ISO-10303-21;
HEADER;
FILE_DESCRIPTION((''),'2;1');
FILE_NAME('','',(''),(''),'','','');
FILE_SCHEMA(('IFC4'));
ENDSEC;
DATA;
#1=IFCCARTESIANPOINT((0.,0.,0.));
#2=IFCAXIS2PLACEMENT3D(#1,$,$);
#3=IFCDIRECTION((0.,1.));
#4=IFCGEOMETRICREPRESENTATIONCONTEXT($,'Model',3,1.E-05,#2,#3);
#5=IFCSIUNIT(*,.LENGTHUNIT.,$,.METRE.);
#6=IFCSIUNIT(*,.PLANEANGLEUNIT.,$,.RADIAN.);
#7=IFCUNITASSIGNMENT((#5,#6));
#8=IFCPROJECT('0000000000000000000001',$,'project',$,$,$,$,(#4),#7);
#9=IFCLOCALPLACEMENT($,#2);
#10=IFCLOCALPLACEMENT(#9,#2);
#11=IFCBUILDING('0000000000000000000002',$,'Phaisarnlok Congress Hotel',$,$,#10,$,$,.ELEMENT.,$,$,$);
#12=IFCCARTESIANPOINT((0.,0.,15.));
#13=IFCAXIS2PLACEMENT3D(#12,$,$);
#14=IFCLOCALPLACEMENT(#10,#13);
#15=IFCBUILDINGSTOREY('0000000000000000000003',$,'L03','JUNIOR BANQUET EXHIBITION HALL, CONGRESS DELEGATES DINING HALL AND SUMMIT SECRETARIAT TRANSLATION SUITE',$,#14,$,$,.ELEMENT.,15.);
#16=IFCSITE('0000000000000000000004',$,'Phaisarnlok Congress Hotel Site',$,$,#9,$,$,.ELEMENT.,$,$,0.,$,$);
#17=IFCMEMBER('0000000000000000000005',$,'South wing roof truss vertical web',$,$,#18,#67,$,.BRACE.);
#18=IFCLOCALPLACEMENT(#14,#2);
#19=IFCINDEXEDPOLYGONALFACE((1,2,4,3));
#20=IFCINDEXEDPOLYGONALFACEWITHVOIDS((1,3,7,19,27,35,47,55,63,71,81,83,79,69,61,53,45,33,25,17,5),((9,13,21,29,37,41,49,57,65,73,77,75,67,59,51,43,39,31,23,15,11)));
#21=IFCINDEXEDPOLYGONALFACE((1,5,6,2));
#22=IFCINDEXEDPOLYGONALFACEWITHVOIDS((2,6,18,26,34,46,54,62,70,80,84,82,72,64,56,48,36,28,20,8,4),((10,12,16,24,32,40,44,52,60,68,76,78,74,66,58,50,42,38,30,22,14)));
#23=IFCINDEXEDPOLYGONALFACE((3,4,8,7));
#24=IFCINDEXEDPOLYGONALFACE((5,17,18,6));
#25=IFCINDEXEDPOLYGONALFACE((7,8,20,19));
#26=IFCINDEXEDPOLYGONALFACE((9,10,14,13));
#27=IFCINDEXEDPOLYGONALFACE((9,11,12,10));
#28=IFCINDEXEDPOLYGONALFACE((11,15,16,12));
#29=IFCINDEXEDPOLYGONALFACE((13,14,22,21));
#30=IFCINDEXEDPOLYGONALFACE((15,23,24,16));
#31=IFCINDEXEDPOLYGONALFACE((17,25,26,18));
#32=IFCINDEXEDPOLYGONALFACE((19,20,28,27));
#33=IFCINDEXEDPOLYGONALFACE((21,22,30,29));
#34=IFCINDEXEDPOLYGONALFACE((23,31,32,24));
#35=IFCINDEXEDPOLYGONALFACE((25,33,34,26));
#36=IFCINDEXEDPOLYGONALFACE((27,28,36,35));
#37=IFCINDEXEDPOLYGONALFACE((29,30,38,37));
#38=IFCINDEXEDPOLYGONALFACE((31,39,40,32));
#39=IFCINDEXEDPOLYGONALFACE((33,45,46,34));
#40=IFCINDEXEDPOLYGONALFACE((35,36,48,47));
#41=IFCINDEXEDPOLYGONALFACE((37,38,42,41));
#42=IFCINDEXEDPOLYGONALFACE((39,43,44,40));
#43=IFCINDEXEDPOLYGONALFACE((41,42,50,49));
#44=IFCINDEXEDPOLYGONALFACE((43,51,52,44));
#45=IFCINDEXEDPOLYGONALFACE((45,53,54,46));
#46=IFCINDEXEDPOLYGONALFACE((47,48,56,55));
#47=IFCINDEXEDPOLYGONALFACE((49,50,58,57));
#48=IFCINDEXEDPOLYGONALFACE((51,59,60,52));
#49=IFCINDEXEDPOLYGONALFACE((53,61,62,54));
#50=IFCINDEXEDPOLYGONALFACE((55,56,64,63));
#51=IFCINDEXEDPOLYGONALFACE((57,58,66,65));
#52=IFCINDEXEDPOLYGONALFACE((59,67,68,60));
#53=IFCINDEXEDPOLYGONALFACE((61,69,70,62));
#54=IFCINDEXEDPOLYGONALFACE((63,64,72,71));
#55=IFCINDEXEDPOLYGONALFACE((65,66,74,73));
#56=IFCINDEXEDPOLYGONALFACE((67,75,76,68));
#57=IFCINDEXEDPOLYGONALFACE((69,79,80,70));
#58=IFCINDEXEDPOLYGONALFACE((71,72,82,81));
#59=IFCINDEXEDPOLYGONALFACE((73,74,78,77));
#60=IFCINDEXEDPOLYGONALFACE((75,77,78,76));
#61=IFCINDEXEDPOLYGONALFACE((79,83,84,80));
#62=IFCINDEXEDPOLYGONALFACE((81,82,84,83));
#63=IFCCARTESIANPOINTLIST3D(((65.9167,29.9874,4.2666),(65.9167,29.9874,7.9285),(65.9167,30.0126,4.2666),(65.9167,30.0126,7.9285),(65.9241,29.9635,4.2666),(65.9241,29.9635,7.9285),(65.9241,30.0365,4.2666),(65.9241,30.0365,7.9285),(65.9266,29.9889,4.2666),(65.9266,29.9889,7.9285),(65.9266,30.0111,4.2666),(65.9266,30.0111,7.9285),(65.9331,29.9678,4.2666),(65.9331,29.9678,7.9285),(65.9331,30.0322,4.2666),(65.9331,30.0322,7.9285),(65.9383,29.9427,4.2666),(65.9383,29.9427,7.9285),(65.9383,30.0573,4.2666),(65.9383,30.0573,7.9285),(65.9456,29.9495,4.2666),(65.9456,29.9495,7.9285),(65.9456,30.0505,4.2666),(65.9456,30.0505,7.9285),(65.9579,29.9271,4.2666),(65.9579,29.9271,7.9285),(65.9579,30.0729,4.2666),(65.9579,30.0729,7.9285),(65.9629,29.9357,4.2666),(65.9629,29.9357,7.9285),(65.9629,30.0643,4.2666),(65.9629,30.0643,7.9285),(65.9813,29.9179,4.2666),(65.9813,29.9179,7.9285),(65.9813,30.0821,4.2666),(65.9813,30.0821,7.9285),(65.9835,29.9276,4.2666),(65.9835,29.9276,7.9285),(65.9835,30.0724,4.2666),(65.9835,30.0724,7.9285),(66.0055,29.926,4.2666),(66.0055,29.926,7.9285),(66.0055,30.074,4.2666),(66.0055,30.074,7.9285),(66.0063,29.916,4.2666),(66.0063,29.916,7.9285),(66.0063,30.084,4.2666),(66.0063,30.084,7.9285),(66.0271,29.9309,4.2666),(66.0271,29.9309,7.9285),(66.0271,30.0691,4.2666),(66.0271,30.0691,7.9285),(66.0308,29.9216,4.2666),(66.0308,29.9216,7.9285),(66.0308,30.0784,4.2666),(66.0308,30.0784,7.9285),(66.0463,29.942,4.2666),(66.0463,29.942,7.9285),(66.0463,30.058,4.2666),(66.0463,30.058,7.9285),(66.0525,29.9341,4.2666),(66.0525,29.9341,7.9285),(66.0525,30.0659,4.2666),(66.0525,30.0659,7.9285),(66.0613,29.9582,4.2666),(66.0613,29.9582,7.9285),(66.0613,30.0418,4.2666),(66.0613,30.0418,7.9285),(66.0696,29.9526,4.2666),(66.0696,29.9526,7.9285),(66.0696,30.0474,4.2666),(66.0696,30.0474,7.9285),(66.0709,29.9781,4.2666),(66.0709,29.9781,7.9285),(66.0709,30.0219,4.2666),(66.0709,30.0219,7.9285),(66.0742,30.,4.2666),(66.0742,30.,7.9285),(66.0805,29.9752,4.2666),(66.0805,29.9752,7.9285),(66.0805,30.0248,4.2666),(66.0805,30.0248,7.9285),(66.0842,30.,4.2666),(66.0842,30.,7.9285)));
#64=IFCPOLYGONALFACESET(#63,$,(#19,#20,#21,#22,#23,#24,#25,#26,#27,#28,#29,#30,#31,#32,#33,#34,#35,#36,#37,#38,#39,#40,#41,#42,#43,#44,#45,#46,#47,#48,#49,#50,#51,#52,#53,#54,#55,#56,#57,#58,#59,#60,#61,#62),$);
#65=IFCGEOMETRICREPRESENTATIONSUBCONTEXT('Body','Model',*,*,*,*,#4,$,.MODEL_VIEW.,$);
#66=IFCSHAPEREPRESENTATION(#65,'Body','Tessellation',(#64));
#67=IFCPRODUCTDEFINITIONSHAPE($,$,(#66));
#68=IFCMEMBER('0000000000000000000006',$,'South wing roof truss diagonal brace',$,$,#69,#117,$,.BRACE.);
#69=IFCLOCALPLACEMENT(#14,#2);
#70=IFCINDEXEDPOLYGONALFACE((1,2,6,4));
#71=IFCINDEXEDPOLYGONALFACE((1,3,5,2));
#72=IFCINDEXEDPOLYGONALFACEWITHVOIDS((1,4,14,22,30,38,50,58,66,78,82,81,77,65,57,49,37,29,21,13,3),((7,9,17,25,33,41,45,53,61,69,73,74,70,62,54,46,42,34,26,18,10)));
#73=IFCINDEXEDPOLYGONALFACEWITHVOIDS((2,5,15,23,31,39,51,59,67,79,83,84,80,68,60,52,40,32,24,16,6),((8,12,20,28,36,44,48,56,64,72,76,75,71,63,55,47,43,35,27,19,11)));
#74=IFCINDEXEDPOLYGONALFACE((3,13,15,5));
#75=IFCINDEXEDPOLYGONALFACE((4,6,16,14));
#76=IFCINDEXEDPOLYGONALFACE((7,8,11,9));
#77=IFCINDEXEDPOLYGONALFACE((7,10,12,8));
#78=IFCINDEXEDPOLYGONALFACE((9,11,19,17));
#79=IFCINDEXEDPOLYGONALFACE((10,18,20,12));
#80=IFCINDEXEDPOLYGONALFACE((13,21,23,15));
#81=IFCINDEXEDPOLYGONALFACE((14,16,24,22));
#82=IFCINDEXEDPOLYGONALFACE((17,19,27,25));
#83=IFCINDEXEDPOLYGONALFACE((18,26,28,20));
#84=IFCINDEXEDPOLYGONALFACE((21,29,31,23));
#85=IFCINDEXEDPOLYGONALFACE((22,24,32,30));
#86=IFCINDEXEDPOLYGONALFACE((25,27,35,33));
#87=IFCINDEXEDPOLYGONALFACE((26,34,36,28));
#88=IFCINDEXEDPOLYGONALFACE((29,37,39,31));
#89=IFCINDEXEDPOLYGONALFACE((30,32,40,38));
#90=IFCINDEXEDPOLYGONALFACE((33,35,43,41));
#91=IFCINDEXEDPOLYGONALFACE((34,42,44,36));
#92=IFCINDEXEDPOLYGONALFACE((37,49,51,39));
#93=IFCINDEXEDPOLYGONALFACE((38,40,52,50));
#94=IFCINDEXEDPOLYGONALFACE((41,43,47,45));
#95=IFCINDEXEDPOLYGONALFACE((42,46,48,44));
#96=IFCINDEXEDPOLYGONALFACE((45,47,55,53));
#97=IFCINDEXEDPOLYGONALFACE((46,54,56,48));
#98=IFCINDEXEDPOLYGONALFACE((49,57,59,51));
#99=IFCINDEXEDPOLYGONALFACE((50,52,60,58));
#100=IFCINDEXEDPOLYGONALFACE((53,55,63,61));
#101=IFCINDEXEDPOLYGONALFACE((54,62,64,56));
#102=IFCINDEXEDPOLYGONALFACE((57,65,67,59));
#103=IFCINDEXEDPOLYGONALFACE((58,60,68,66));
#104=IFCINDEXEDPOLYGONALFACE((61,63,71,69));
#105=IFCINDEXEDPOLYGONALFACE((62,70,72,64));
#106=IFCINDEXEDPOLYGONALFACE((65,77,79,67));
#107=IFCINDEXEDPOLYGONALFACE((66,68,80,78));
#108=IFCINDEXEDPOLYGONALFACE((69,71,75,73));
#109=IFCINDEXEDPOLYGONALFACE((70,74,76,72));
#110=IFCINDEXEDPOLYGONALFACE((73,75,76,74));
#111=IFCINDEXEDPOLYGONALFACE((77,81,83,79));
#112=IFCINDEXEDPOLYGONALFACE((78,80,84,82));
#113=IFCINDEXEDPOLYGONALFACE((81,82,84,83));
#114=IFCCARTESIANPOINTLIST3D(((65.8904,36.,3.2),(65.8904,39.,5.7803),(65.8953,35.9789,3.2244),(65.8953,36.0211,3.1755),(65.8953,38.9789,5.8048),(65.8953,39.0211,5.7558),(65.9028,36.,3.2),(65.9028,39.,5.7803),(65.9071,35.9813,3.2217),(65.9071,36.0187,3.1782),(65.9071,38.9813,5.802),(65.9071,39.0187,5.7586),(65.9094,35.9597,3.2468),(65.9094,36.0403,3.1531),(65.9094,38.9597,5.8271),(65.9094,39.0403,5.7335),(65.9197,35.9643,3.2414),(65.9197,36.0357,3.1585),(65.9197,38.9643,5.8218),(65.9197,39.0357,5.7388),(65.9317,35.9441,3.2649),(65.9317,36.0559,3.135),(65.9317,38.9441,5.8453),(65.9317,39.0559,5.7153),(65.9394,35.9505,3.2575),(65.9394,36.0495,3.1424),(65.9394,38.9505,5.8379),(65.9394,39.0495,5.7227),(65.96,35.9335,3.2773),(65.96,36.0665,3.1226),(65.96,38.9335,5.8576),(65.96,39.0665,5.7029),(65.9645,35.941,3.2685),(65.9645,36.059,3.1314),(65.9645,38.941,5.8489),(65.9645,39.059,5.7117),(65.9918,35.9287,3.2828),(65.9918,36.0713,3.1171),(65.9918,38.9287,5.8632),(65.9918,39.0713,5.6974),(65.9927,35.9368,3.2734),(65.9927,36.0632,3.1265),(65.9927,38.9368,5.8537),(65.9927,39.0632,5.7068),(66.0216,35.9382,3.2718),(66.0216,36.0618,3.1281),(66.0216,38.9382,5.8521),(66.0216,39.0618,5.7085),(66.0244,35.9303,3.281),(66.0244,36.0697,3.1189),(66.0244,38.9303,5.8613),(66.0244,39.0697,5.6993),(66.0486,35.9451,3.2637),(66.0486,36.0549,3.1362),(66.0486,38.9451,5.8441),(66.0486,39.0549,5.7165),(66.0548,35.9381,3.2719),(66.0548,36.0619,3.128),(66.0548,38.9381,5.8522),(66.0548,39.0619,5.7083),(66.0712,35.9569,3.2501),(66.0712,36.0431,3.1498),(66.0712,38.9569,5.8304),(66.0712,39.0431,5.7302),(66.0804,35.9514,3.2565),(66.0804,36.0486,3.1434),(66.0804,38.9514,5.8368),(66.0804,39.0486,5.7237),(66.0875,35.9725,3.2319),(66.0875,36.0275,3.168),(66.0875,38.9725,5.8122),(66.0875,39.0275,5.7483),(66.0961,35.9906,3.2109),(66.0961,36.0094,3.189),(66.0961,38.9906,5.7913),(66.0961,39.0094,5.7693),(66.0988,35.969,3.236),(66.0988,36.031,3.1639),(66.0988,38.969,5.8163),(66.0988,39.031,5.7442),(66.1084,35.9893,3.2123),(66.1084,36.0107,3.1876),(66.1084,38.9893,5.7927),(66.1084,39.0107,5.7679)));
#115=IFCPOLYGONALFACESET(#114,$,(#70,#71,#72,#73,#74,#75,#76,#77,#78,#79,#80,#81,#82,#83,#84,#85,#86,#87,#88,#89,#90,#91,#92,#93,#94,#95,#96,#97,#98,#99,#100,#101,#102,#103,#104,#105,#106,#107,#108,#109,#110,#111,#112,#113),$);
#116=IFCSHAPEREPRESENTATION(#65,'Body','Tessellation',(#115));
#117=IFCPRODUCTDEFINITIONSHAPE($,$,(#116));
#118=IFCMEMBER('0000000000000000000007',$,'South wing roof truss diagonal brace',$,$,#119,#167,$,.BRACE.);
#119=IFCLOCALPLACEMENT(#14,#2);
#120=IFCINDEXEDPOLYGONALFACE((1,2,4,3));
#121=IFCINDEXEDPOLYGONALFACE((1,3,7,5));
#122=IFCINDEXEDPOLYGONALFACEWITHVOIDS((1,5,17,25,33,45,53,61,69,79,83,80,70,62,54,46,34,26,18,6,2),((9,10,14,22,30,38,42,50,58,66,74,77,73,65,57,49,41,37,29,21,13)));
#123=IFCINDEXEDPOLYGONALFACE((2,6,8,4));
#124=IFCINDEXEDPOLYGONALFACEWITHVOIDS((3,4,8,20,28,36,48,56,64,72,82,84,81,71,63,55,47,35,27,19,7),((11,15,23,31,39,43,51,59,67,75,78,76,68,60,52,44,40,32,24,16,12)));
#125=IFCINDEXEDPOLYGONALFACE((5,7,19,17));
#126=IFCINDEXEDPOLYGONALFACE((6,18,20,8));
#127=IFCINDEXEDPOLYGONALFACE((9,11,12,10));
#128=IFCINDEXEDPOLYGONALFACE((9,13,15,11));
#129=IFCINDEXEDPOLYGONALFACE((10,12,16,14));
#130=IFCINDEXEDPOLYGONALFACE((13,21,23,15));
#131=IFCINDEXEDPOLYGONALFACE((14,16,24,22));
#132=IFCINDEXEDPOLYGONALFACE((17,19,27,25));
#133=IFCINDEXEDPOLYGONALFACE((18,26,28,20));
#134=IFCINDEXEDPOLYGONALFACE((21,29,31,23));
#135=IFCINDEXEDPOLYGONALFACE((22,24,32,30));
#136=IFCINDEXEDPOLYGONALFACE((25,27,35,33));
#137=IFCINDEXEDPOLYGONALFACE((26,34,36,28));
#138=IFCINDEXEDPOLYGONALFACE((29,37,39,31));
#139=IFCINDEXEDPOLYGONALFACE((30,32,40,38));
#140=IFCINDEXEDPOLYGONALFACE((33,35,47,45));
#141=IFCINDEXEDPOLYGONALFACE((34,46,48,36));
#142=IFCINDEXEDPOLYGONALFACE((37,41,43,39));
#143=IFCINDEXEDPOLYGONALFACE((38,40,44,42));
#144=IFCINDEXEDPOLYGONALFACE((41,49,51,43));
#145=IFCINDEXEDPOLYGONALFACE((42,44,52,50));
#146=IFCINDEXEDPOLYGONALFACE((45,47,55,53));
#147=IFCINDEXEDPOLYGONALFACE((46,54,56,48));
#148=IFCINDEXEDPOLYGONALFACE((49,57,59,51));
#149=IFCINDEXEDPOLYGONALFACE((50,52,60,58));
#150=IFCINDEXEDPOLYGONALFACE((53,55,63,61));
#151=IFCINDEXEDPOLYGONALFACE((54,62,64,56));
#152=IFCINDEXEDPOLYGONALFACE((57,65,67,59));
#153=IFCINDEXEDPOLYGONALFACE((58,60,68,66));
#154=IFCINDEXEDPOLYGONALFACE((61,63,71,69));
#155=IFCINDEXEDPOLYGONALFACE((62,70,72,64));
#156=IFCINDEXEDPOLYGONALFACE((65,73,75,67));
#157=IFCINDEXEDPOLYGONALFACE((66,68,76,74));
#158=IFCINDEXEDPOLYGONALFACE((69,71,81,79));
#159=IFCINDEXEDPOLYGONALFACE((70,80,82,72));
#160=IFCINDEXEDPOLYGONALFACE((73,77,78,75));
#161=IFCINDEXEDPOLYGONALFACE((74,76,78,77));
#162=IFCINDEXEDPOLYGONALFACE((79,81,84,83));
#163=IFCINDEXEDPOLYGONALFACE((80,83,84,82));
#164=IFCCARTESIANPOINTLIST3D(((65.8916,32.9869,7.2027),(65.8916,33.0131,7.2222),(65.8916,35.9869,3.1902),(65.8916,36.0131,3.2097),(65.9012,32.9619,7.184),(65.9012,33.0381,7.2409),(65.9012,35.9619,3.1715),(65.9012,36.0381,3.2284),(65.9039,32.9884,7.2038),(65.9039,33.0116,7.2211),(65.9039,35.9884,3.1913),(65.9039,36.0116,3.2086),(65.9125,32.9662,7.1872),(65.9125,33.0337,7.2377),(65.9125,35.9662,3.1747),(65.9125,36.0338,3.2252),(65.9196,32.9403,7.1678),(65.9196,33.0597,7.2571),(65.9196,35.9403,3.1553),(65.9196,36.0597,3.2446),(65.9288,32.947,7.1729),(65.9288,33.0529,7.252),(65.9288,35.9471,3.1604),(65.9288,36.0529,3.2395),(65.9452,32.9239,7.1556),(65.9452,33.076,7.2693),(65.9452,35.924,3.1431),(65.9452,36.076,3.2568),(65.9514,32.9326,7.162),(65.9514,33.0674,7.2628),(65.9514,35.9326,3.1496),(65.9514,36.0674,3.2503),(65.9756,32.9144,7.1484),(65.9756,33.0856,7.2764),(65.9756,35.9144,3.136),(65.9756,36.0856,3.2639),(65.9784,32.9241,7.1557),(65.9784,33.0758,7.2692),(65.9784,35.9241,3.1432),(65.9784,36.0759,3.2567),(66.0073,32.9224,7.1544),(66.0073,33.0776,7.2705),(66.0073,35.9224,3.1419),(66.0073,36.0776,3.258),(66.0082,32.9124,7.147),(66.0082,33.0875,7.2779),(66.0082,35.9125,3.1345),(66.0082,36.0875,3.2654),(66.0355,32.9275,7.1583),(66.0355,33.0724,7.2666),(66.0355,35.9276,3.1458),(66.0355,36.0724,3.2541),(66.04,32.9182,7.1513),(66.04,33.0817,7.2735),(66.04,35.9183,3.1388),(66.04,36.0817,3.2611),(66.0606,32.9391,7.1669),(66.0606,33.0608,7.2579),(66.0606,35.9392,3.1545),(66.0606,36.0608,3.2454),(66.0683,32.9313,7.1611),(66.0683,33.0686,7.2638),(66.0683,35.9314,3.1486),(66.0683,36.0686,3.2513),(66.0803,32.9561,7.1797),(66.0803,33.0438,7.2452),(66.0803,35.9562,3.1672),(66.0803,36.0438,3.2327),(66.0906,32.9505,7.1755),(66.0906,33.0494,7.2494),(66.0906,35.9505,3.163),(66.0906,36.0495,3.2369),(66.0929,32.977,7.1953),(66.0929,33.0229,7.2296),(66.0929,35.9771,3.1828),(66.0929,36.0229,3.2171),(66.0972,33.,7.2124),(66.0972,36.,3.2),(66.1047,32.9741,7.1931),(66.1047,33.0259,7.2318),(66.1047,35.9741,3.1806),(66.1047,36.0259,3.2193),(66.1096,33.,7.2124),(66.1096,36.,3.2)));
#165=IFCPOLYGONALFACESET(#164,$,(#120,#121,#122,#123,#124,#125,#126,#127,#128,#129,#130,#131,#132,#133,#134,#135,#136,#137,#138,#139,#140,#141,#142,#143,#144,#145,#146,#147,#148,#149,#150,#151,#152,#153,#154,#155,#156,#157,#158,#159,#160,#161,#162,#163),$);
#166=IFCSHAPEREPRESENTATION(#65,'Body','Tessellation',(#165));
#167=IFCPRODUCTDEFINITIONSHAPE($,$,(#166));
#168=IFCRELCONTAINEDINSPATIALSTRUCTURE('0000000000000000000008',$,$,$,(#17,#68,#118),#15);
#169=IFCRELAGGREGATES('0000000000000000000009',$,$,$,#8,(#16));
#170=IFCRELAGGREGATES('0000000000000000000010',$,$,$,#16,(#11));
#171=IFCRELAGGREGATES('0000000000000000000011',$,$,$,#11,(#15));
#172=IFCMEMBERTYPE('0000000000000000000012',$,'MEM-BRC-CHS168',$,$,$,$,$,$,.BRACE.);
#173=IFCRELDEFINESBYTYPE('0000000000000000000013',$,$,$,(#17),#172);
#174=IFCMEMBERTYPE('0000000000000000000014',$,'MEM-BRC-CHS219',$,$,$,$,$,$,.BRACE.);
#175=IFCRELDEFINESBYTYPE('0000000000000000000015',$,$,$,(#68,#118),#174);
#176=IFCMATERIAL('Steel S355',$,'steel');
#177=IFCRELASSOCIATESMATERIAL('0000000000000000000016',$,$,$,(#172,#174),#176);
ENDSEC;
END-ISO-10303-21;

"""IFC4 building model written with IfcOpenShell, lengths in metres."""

from ifc_helpers import new_model, si_unit, direction, frame, origin, origin_2d, place, context, subcontext, project, spatial, hollow_circle, extrude, material, material_profile, profile_set, type_object, element, save


model = new_model("IFC4")

# Units and contexts
model_context = context("Model", 3, precision=1e-05, world=origin(), true_north=direction((0.0, 1.0)))
body_context = subcontext(model_context, "Body", "Model", "MODEL_VIEW")
ifc_project = project(units=[si_unit("LENGTHUNIT", "METRE"), si_unit("PLANEANGLEUNIT", "RADIAN")], contexts=[model_context])

# Site, building, storey
site_placement = place(None, origin())
site = spatial("IfcSite", under=ifc_project, at=site_placement, Name="Phaisarnlok Congress Hotel Site", CompositionType="ELEMENT", RefElevation=0.0)
building_placement = place(site_placement, origin())
building = spatial("IfcBuilding", under=site, at=building_placement, Name="Phaisarnlok Congress Hotel", CompositionType="ELEMENT")
storey_placement = place(building_placement, frame((0.0, 0.0, 15.0)))
storey = spatial("IfcBuildingStorey", under=building, at=storey_placement, Name="L03", Description="JUNIOR BANQUET EXHIBITION HALL, CONGRESS DELEGATES DINING HALL AND SUMMIT SECRETARIAT TRANSLATION SUITE", CompositionType="ELEMENT", Elevation=15.0)

# Shared definitions
ifc_material_1 = material(Name="Steel S355", Category="steel")

# Members
ifc_material_profile_1 = material_profile(ifc_material_1, hollow_circle(Radius=0.0842, WallThickness=0.01, at=origin_2d()), Name="CHS 168.3x10")
ifc_profile_set_1 = profile_set([ifc_material_profile_1], Name="Steel S355")
member_type_1 = type_object("IfcMemberType", Name="MEM-BRC-CHS168", PredefinedType="BRACE", material=ifc_profile_set_1)
member_1_placement = place(storey_placement, frame((66.0, 30.0, 4.2666), z_axis=(0.0, 0.0, 1.0), x_axis=(1.0, 0.0, 0.0)))
element("IfcMember", 1, at=member_1_placement, inside=storey, type_object=member_type_1, Name="South wing roof truss vertical web", PredefinedType="BRACE", context=body_context, shape_type="SweptSolid", body=[
    extrude(hollow_circle(Radius=0.0842, WallThickness=0.01, at=origin_2d()), origin(), (0.0, 0.0, 1.0), 3.6619),
])
ifc_material_profile_2 = material_profile(ifc_material_1, hollow_circle(Radius=0.1096, WallThickness=0.0125, at=origin_2d()), Name="CHS 219.1x12.5")
ifc_profile_set_2 = profile_set([ifc_material_profile_2], Name="Steel S355")
member_type_2 = type_object("IfcMemberType", Name="MEM-BRC-CHS219", PredefinedType="BRACE", material=ifc_profile_set_2)
member_2_placement = place(storey_placement, frame((66.0, 36.0, 3.2), z_axis=(0.0, 0.758145, 0.652086), x_axis=(-1.0, 0.0, 0.0)))
element("IfcMember", 2, at=member_2_placement, inside=storey, type_object=member_type_2, Name="South wing roof truss diagonal brace", PredefinedType="BRACE", context=body_context, shape_type="SweptSolid", body=[
    extrude(hollow_circle(Radius=0.1096, WallThickness=0.0125, at=origin_2d()), origin(), (0.0, 0.0, 1.0), 3.957),
])
member_3_placement = place(storey_placement, frame((66.0, 36.0, 3.2), z_axis=(0.0, -0.598806, 0.800894), x_axis=(1.0, 0.0, 0.0)))
element("IfcMember", 3, at=member_3_placement, inside=storey, type_object=member_type_2, Name="South wing roof truss diagonal brace", PredefinedType="BRACE", context=body_context, shape_type="SweptSolid", body=[
    extrude(hollow_circle(Radius=0.1096, WallThickness=0.0125, at=origin_2d()), origin(), (0.0, 0.0, 1.0), 5.01),
])

save(model, "model.ifc")
